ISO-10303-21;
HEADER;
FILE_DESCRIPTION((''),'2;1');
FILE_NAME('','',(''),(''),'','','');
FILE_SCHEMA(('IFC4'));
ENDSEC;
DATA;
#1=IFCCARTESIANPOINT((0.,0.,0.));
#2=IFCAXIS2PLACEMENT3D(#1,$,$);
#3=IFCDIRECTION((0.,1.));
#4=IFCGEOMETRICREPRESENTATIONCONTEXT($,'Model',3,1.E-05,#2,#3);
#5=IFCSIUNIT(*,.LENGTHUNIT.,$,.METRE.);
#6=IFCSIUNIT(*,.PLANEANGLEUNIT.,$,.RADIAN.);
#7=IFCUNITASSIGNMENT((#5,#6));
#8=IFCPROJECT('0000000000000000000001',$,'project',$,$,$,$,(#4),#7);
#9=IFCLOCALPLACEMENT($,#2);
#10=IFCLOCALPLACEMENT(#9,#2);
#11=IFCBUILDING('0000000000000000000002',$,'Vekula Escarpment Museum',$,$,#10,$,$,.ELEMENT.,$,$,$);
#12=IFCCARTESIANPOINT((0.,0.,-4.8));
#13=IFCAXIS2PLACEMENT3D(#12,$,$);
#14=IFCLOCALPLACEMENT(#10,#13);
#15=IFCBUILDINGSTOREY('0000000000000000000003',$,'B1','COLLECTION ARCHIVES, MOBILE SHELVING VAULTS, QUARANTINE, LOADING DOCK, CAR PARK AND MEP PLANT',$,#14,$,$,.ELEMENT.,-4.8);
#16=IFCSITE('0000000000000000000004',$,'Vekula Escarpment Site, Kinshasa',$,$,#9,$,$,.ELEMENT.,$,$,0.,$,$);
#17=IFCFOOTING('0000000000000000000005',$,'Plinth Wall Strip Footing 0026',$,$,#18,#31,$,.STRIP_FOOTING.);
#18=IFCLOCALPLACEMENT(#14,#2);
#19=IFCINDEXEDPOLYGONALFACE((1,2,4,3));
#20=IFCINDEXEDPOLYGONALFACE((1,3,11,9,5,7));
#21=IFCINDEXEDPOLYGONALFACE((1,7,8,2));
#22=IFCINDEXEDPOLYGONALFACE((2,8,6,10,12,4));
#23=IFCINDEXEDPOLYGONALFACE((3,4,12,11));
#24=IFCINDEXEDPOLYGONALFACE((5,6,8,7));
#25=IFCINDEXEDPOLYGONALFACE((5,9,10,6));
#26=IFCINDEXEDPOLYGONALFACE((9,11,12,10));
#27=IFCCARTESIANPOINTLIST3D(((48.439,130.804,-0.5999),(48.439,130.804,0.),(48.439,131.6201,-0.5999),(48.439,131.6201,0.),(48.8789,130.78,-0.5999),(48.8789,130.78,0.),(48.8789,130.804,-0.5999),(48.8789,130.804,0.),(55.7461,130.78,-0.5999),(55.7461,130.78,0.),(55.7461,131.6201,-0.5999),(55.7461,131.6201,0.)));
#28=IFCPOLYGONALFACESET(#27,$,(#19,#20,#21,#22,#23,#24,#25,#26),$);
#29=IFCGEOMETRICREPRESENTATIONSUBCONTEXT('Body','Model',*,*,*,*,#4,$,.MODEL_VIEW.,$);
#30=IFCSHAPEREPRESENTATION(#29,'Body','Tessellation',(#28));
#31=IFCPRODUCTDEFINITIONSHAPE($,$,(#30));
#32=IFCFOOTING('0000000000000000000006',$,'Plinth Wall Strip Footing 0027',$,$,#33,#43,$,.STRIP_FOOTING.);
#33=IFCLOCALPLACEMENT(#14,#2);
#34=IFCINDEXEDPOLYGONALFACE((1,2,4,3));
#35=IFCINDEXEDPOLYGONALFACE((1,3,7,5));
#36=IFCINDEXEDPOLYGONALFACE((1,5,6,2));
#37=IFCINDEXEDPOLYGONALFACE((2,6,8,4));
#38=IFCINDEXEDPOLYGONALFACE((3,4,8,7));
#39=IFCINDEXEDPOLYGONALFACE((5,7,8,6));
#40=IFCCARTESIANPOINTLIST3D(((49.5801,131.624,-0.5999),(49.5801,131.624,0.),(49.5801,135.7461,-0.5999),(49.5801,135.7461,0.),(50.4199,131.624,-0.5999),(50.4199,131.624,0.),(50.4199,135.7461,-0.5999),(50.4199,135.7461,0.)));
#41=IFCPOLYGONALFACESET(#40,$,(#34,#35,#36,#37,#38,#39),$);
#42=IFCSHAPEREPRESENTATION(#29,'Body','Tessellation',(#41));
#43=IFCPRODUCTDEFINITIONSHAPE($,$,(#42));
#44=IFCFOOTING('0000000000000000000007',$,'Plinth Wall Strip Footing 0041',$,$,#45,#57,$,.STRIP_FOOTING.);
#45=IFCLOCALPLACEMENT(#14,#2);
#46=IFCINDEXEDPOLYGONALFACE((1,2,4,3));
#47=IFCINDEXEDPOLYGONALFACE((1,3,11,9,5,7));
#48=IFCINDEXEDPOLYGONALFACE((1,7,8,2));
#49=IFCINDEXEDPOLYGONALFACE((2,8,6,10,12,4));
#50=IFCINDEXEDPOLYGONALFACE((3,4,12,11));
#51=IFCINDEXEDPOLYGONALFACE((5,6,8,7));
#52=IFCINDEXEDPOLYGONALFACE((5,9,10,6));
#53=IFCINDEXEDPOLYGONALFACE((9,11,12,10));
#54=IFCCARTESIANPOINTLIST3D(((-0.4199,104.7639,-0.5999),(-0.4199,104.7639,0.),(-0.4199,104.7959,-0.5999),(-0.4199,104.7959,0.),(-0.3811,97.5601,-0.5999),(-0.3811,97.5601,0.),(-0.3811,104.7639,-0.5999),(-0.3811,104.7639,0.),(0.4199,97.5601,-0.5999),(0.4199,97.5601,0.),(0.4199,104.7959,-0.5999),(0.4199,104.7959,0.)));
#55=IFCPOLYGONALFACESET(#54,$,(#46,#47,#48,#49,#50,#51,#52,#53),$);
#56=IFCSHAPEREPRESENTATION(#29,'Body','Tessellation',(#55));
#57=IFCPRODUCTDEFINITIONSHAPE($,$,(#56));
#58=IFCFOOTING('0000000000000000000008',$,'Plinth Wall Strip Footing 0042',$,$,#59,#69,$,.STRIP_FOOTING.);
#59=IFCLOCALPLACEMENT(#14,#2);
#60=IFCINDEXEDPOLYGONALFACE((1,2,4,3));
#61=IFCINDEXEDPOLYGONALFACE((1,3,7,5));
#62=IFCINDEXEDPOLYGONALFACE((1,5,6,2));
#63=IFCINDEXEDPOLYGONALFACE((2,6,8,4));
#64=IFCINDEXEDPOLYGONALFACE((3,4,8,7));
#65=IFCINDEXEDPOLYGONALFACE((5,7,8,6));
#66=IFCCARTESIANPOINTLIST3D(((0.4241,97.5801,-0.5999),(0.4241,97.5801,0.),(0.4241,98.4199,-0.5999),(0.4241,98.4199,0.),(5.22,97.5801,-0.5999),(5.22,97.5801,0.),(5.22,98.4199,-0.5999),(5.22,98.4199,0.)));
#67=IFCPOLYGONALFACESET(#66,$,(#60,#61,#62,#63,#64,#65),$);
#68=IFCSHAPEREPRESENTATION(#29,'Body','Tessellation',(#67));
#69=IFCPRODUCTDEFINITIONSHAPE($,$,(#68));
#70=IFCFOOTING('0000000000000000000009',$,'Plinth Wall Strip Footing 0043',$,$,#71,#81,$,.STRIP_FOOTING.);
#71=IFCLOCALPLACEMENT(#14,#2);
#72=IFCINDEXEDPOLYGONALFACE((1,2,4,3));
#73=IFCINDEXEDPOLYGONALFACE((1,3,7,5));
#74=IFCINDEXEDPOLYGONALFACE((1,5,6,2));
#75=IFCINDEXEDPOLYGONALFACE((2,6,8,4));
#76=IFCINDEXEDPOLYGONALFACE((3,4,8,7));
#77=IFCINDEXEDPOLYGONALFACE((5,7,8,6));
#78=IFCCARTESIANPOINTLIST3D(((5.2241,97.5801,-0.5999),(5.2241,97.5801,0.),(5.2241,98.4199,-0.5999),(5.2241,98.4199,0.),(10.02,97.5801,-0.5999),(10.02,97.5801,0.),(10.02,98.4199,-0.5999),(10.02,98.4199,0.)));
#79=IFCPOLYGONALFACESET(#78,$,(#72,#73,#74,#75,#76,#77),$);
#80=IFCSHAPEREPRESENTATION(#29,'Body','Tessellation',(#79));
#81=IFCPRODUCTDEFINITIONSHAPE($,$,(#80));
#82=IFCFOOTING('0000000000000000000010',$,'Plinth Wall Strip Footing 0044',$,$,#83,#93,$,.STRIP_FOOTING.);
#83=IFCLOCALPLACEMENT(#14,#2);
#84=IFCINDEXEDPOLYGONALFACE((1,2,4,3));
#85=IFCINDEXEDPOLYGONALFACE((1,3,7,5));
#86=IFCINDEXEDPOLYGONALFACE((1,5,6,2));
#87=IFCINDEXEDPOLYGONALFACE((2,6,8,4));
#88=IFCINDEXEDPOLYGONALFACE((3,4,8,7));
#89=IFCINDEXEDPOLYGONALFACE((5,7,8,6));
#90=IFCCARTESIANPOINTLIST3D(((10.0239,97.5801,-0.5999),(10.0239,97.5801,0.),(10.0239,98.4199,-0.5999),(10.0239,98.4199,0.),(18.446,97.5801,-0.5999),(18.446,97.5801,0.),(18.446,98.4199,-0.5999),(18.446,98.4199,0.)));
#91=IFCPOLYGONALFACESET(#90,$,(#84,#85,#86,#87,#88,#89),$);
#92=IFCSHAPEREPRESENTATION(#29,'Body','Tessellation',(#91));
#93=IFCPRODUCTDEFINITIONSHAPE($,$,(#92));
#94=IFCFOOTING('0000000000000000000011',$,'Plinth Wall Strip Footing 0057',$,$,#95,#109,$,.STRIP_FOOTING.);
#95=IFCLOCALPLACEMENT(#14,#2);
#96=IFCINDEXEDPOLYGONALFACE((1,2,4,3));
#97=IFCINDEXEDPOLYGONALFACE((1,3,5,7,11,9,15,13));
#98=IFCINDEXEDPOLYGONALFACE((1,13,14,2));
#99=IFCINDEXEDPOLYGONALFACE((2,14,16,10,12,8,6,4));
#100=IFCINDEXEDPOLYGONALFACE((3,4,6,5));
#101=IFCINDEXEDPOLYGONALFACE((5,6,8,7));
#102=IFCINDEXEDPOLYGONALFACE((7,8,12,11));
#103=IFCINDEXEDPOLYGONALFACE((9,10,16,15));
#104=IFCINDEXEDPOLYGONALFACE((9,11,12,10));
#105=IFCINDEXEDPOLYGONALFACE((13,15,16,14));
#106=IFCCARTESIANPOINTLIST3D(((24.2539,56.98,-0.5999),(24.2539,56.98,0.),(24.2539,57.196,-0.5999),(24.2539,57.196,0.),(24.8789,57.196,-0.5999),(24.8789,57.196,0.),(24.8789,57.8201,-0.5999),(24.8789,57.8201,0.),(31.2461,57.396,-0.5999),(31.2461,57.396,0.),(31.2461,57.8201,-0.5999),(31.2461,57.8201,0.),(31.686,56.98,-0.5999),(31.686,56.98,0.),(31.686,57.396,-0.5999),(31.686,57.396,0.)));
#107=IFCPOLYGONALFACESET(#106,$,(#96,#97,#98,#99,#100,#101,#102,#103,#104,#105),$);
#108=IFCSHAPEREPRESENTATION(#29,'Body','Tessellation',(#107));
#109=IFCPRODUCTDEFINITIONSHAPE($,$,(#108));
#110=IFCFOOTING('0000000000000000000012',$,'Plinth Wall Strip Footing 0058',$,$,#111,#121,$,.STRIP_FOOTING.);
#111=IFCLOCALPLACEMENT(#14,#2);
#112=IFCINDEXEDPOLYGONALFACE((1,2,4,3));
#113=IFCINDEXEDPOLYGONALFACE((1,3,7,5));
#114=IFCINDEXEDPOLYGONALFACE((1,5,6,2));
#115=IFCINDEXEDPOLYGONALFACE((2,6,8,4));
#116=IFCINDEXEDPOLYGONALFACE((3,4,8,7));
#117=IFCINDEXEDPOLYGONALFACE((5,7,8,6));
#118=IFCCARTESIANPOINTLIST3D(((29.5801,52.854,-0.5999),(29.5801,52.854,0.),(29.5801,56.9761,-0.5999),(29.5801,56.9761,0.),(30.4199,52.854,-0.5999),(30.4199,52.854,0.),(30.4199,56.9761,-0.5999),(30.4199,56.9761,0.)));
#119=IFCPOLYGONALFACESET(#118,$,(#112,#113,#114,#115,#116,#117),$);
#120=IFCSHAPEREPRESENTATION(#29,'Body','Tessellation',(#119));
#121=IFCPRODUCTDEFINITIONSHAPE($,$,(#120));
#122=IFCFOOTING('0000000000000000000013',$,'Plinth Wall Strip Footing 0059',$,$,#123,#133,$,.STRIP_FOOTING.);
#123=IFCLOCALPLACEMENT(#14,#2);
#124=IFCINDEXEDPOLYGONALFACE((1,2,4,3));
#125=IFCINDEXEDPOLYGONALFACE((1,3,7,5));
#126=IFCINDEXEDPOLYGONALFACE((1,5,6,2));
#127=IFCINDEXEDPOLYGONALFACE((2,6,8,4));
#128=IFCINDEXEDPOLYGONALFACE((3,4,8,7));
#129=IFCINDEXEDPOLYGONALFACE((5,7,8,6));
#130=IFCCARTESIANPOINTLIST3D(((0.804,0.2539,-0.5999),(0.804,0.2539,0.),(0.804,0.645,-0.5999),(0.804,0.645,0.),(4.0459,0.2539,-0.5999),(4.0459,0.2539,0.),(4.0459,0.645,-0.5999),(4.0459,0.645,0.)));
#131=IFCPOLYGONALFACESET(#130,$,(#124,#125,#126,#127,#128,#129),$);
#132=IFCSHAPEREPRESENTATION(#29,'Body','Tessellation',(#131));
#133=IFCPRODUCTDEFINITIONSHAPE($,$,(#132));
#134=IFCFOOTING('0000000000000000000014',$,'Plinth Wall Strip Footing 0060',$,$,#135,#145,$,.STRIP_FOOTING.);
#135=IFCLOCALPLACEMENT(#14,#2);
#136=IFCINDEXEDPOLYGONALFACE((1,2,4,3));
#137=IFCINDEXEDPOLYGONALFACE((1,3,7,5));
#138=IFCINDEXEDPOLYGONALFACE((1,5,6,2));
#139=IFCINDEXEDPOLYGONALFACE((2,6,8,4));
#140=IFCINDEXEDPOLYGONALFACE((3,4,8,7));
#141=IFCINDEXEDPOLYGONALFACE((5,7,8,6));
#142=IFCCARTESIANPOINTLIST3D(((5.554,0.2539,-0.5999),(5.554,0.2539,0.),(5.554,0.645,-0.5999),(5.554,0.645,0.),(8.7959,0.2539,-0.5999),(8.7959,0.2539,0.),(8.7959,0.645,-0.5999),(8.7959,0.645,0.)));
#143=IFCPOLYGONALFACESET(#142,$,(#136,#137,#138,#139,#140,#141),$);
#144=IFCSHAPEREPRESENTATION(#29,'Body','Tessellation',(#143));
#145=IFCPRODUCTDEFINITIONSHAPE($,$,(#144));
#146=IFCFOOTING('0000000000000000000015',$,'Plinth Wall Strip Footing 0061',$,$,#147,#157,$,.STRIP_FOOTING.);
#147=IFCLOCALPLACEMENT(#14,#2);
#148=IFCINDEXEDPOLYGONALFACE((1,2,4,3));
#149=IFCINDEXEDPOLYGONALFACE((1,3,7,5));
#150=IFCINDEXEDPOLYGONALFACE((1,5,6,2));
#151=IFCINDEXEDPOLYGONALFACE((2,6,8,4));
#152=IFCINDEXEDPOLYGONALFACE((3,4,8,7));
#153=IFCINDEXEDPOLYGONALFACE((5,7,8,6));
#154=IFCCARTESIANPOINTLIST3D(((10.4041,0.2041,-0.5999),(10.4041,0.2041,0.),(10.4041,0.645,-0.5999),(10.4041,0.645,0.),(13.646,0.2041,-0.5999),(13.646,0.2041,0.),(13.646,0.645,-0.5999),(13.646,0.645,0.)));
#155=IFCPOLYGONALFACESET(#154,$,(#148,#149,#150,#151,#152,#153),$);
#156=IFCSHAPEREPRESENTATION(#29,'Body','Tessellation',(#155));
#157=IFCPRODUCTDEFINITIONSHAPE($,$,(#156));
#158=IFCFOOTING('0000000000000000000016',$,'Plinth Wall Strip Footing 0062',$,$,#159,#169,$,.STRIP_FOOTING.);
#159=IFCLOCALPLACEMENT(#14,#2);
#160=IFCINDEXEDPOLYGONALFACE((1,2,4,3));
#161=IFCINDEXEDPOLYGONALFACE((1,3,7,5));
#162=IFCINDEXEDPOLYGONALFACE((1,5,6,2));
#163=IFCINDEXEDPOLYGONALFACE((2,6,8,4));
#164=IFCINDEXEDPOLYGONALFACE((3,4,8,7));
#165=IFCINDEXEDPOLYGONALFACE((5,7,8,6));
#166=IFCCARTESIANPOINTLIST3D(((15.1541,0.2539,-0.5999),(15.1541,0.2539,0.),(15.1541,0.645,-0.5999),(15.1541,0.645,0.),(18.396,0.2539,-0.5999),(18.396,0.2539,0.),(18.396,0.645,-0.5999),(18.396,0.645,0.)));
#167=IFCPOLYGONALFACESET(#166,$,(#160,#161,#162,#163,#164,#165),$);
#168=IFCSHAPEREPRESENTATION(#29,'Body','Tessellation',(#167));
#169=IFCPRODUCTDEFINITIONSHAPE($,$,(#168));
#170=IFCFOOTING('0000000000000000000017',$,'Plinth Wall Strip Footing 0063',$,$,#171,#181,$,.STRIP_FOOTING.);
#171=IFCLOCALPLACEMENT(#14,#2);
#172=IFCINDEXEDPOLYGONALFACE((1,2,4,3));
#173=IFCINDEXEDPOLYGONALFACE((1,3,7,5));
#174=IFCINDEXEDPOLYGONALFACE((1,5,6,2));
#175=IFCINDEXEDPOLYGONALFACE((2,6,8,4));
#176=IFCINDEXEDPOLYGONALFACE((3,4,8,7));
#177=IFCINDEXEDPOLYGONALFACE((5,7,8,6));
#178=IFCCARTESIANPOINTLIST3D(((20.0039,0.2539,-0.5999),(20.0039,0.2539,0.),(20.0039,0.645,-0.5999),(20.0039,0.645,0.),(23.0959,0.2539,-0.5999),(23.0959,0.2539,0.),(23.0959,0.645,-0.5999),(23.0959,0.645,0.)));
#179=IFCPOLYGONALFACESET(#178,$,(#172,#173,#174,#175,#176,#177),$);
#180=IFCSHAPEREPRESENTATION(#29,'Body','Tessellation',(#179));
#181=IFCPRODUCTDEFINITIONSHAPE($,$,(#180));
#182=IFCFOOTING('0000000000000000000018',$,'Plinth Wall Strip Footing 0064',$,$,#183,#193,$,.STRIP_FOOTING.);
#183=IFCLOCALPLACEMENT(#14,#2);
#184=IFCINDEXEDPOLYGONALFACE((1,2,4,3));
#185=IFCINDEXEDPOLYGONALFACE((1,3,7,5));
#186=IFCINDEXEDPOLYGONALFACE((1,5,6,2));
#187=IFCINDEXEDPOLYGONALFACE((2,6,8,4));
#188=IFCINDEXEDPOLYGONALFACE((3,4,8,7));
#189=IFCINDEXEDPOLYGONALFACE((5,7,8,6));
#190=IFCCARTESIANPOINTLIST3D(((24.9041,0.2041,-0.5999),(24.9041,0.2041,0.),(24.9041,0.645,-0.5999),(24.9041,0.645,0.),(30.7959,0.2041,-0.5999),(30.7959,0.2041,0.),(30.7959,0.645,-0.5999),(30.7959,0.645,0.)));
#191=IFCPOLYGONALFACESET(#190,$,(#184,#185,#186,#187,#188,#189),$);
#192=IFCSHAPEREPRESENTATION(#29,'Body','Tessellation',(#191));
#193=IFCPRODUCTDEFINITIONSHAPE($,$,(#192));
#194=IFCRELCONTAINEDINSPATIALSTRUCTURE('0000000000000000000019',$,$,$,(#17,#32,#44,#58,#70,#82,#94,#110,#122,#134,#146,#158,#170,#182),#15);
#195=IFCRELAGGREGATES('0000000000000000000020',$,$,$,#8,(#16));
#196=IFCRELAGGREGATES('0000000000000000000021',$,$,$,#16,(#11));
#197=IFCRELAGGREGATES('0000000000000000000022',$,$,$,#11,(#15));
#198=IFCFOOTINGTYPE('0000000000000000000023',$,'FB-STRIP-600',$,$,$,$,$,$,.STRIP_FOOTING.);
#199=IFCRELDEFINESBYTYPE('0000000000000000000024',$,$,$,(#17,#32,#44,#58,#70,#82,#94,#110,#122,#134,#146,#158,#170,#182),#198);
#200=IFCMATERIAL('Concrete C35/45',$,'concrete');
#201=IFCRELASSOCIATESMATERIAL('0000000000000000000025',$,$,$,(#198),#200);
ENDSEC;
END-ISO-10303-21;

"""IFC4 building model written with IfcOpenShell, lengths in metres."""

from ifc_helpers import new_model, si_unit, direction, frame, origin, place, context, subcontext, project, spatial, polyline, outline, extrude, material, type_object, element, save


model = new_model("IFC4")

# Units and contexts
model_context = context("Model", 3, precision=1e-05, world=origin(), true_north=direction((0.0, 1.0)))
body_context = subcontext(model_context, "Body", "Model", "MODEL_VIEW")
ifc_project = project(units=[si_unit("LENGTHUNIT", "METRE"), si_unit("PLANEANGLEUNIT", "RADIAN")], contexts=[model_context])

# Site, building, storey
site_placement = place(None, origin())
site = spatial("IfcSite", under=ifc_project, at=site_placement, Name="Vekula Escarpment Site, Kinshasa", CompositionType="ELEMENT", RefElevation=0.0)
building_placement = place(site_placement, origin())
building = spatial("IfcBuilding", under=site, at=building_placement, Name="Vekula Escarpment Museum", CompositionType="ELEMENT")
storey_placement = place(building_placement, frame((0.0, 0.0, -4.8)))
storey = spatial("IfcBuildingStorey", under=building, at=storey_placement, Name="B1", Description="COLLECTION ARCHIVES, MOBILE SHELVING VAULTS, QUARANTINE, LOADING DOCK, CAR PARK AND MEP PLANT", CompositionType="ELEMENT", Elevation=-4.8)

# Footings
ifc_material = material(Name="Concrete C35/45", Category="concrete")
footing_type = type_object("IfcFootingType", Name="FB-STRIP-600", PredefinedType="STRIP_FOOTING", material=ifc_material)
footing_1_placement = place(storey_placement, frame((0.0, 0.0, -0.5999)))
element("IfcFooting", 1, at=footing_1_placement, inside=storey, type_object=footing_type, Name="Plinth Wall Strip Footing 0026", PredefinedType="STRIP_FOOTING", context=body_context, shape_type="SweptSolid", body=[
    extrude(outline(polyline([(48.8789, 130.78), (48.8789, 130.804), (48.439, 130.804), (48.439, 131.6201), (55.7461, 131.6201), (55.7461, 130.78), (48.8789, 130.78)])), origin(), (0.0, 0.0, 1.0), 0.5999),
])
footing_2_placement = place(storey_placement, frame((0.0, 0.0, -0.5999)))
element("IfcFooting", 2, at=footing_2_placement, inside=storey, type_object=footing_type, Name="Plinth Wall Strip Footing 0027", PredefinedType="STRIP_FOOTING", context=body_context, shape_type="SweptSolid", body=[
    extrude(outline(polyline([(50.4199, 131.624), (49.5801, 131.624), (49.5801, 135.7461), (50.4199, 135.7461), (50.4199, 131.624)])), origin(), (0.0, 0.0, 1.0), 0.5999),
])
footing_3_placement = place(storey_placement, frame((0.0, 0.0, -0.5999)))
element("IfcFooting", 3, at=footing_3_placement, inside=storey, type_object=footing_type, Name="Plinth Wall Strip Footing 0041", PredefinedType="STRIP_FOOTING", context=body_context, shape_type="SweptSolid", body=[
    extrude(outline(polyline([(0.4199, 97.5601), (-0.3811, 97.5601), (-0.3811, 104.7639), (-0.4199, 104.7639), (-0.4199, 104.7959), (0.4199, 104.7959), (0.4199, 97.5601)])), origin(), (0.0, 0.0, 1.0), 0.5999),
])
footing_4_placement = place(storey_placement, frame((0.0, 0.0, -0.5999)))
element("IfcFooting", 4, at=footing_4_placement, inside=storey, type_object=footing_type, Name="Plinth Wall Strip Footing 0042", PredefinedType="STRIP_FOOTING", context=body_context, shape_type="SweptSolid", body=[
    extrude(outline(polyline([(5.22, 98.4199), (5.22, 97.5801), (0.4241, 97.5801), (0.4241, 98.4199), (5.22, 98.4199)])), origin(), (0.0, 0.0, 1.0), 0.5999),
])
footing_5_placement = place(storey_placement, frame((0.0, 0.0, -0.5999)))
element("IfcFooting", 5, at=footing_5_placement, inside=storey, type_object=footing_type, Name="Plinth Wall Strip Footing 0043", PredefinedType="STRIP_FOOTING", context=body_context, shape_type="SweptSolid", body=[
    extrude(outline(polyline([(10.02, 98.4199), (10.02, 97.5801), (5.2241, 97.5801), (5.2241, 98.4199), (10.02, 98.4199)])), origin(), (0.0, 0.0, 1.0), 0.5999),
])
footing_6_placement = place(storey_placement, frame((0.0, 0.0, -0.5999)))
element("IfcFooting", 6, at=footing_6_placement, inside=storey, type_object=footing_type, Name="Plinth Wall Strip Footing 0044", PredefinedType="STRIP_FOOTING", context=body_context, shape_type="SweptSolid", body=[
    extrude(outline(polyline([(10.0239, 97.5801), (10.0239, 98.4199), (18.446, 98.4199), (18.446, 97.5801), (10.0239, 97.5801)])), origin(), (0.0, 0.0, 1.0), 0.5999),
])
footing_7_placement = place(storey_placement, frame((0.0, 0.0, -0.5999)))
element("IfcFooting", 7, at=footing_7_placement, inside=storey, type_object=footing_type, Name="Plinth Wall Strip Footing 0057", PredefinedType="STRIP_FOOTING", context=body_context, shape_type="SweptSolid", body=[
    extrude(outline(polyline([(31.686, 56.98), (24.2539, 56.98), (24.2539, 57.196), (24.8789, 57.196), (24.8789, 57.8201), (31.2461, 57.8201), (31.2461, 57.396), (31.686, 57.396), (31.686, 56.98)])), origin(), (0.0, 0.0, 1.0), 0.5999),
])
footing_8_placement = place(storey_placement, frame((0.0, 0.0, -0.5999)))
element("IfcFooting", 8, at=footing_8_placement, inside=storey, type_object=footing_type, Name="Plinth Wall Strip Footing 0058", PredefinedType="STRIP_FOOTING", context=body_context, shape_type="SweptSolid", body=[
    extrude(outline(polyline([(30.4199, 52.854), (29.5801, 52.854), (29.5801, 56.9761), (30.4199, 56.9761), (30.4199, 52.854)])), origin(), (0.0, 0.0, 1.0), 0.5999),
])
footing_9_placement = place(storey_placement, frame((0.0, 0.0, -0.5999)))
element("IfcFooting", 9, at=footing_9_placement, inside=storey, type_object=footing_type, Name="Plinth Wall Strip Footing 0059", PredefinedType="STRIP_FOOTING", context=body_context, shape_type="SweptSolid", body=[
    extrude(outline(polyline([(4.0459, 0.645), (4.0459, 0.2539), (0.804, 0.2539), (0.804, 0.645), (4.0459, 0.645)])), origin(), (0.0, 0.0, 1.0), 0.5999),
])
footing_10_placement = place(storey_placement, frame((0.0, 0.0, -0.5999)))
element("IfcFooting", 10, at=footing_10_placement, inside=storey, type_object=footing_type, Name="Plinth Wall Strip Footing 0060", PredefinedType="STRIP_FOOTING", context=body_context, shape_type="SweptSolid", body=[
    extrude(outline(polyline([(8.7959, 0.645), (8.7959, 0.2539), (5.554, 0.2539), (5.554, 0.645), (8.7959, 0.645)])), origin(), (0.0, 0.0, 1.0), 0.5999),
])
footing_11_placement = place(storey_placement, frame((0.0, 0.0, -0.5999)))
element("IfcFooting", 11, at=footing_11_placement, inside=storey, type_object=footing_type, Name="Plinth Wall Strip Footing 0061", PredefinedType="STRIP_FOOTING", context=body_context, shape_type="SweptSolid", body=[
    extrude(outline(polyline([(13.646, 0.645), (13.646, 0.2041), (10.4041, 0.2041), (10.4041, 0.645), (13.646, 0.645)])), origin(), (0.0, 0.0, 1.0), 0.5999),
])
footing_12_placement = place(storey_placement, frame((0.0, 0.0, -0.5999)))
element("IfcFooting", 12, at=footing_12_placement, inside=storey, type_object=footing_type, Name="Plinth Wall Strip Footing 0062", PredefinedType="STRIP_FOOTING", context=body_context, shape_type="SweptSolid", body=[
    extrude(outline(polyline([(18.396, 0.645), (18.396, 0.2539), (15.1541, 0.2539), (15.1541, 0.645), (18.396, 0.645)])), origin(), (0.0, 0.0, 1.0), 0.5999),
])
footing_13_placement = place(storey_placement, frame((0.0, 0.0, -0.5999)))
element("IfcFooting", 13, at=footing_13_placement, inside=storey, type_object=footing_type, Name="Plinth Wall Strip Footing 0063", PredefinedType="STRIP_FOOTING", context=body_context, shape_type="SweptSolid", body=[
    extrude(outline(polyline([(23.0959, 0.645), (23.0959, 0.2539), (20.0039, 0.2539), (20.0039, 0.645), (23.0959, 0.645)])), origin(), (0.0, 0.0, 1.0), 0.5999),
])
footing_14_placement = place(storey_placement, frame((0.0, 0.0, -0.5999)))
element("IfcFooting", 14, at=footing_14_placement, inside=storey, type_object=footing_type, Name="Plinth Wall Strip Footing 0064", PredefinedType="STRIP_FOOTING", context=body_context, shape_type="SweptSolid", body=[
    extrude(outline(polyline([(30.7959, 0.645), (30.7959, 0.2041), (24.9041, 0.2041), (24.9041, 0.645), (30.7959, 0.645)])), origin(), (0.0, 0.0, 1.0), 0.5999),
])

save(model, "model.ifc")
